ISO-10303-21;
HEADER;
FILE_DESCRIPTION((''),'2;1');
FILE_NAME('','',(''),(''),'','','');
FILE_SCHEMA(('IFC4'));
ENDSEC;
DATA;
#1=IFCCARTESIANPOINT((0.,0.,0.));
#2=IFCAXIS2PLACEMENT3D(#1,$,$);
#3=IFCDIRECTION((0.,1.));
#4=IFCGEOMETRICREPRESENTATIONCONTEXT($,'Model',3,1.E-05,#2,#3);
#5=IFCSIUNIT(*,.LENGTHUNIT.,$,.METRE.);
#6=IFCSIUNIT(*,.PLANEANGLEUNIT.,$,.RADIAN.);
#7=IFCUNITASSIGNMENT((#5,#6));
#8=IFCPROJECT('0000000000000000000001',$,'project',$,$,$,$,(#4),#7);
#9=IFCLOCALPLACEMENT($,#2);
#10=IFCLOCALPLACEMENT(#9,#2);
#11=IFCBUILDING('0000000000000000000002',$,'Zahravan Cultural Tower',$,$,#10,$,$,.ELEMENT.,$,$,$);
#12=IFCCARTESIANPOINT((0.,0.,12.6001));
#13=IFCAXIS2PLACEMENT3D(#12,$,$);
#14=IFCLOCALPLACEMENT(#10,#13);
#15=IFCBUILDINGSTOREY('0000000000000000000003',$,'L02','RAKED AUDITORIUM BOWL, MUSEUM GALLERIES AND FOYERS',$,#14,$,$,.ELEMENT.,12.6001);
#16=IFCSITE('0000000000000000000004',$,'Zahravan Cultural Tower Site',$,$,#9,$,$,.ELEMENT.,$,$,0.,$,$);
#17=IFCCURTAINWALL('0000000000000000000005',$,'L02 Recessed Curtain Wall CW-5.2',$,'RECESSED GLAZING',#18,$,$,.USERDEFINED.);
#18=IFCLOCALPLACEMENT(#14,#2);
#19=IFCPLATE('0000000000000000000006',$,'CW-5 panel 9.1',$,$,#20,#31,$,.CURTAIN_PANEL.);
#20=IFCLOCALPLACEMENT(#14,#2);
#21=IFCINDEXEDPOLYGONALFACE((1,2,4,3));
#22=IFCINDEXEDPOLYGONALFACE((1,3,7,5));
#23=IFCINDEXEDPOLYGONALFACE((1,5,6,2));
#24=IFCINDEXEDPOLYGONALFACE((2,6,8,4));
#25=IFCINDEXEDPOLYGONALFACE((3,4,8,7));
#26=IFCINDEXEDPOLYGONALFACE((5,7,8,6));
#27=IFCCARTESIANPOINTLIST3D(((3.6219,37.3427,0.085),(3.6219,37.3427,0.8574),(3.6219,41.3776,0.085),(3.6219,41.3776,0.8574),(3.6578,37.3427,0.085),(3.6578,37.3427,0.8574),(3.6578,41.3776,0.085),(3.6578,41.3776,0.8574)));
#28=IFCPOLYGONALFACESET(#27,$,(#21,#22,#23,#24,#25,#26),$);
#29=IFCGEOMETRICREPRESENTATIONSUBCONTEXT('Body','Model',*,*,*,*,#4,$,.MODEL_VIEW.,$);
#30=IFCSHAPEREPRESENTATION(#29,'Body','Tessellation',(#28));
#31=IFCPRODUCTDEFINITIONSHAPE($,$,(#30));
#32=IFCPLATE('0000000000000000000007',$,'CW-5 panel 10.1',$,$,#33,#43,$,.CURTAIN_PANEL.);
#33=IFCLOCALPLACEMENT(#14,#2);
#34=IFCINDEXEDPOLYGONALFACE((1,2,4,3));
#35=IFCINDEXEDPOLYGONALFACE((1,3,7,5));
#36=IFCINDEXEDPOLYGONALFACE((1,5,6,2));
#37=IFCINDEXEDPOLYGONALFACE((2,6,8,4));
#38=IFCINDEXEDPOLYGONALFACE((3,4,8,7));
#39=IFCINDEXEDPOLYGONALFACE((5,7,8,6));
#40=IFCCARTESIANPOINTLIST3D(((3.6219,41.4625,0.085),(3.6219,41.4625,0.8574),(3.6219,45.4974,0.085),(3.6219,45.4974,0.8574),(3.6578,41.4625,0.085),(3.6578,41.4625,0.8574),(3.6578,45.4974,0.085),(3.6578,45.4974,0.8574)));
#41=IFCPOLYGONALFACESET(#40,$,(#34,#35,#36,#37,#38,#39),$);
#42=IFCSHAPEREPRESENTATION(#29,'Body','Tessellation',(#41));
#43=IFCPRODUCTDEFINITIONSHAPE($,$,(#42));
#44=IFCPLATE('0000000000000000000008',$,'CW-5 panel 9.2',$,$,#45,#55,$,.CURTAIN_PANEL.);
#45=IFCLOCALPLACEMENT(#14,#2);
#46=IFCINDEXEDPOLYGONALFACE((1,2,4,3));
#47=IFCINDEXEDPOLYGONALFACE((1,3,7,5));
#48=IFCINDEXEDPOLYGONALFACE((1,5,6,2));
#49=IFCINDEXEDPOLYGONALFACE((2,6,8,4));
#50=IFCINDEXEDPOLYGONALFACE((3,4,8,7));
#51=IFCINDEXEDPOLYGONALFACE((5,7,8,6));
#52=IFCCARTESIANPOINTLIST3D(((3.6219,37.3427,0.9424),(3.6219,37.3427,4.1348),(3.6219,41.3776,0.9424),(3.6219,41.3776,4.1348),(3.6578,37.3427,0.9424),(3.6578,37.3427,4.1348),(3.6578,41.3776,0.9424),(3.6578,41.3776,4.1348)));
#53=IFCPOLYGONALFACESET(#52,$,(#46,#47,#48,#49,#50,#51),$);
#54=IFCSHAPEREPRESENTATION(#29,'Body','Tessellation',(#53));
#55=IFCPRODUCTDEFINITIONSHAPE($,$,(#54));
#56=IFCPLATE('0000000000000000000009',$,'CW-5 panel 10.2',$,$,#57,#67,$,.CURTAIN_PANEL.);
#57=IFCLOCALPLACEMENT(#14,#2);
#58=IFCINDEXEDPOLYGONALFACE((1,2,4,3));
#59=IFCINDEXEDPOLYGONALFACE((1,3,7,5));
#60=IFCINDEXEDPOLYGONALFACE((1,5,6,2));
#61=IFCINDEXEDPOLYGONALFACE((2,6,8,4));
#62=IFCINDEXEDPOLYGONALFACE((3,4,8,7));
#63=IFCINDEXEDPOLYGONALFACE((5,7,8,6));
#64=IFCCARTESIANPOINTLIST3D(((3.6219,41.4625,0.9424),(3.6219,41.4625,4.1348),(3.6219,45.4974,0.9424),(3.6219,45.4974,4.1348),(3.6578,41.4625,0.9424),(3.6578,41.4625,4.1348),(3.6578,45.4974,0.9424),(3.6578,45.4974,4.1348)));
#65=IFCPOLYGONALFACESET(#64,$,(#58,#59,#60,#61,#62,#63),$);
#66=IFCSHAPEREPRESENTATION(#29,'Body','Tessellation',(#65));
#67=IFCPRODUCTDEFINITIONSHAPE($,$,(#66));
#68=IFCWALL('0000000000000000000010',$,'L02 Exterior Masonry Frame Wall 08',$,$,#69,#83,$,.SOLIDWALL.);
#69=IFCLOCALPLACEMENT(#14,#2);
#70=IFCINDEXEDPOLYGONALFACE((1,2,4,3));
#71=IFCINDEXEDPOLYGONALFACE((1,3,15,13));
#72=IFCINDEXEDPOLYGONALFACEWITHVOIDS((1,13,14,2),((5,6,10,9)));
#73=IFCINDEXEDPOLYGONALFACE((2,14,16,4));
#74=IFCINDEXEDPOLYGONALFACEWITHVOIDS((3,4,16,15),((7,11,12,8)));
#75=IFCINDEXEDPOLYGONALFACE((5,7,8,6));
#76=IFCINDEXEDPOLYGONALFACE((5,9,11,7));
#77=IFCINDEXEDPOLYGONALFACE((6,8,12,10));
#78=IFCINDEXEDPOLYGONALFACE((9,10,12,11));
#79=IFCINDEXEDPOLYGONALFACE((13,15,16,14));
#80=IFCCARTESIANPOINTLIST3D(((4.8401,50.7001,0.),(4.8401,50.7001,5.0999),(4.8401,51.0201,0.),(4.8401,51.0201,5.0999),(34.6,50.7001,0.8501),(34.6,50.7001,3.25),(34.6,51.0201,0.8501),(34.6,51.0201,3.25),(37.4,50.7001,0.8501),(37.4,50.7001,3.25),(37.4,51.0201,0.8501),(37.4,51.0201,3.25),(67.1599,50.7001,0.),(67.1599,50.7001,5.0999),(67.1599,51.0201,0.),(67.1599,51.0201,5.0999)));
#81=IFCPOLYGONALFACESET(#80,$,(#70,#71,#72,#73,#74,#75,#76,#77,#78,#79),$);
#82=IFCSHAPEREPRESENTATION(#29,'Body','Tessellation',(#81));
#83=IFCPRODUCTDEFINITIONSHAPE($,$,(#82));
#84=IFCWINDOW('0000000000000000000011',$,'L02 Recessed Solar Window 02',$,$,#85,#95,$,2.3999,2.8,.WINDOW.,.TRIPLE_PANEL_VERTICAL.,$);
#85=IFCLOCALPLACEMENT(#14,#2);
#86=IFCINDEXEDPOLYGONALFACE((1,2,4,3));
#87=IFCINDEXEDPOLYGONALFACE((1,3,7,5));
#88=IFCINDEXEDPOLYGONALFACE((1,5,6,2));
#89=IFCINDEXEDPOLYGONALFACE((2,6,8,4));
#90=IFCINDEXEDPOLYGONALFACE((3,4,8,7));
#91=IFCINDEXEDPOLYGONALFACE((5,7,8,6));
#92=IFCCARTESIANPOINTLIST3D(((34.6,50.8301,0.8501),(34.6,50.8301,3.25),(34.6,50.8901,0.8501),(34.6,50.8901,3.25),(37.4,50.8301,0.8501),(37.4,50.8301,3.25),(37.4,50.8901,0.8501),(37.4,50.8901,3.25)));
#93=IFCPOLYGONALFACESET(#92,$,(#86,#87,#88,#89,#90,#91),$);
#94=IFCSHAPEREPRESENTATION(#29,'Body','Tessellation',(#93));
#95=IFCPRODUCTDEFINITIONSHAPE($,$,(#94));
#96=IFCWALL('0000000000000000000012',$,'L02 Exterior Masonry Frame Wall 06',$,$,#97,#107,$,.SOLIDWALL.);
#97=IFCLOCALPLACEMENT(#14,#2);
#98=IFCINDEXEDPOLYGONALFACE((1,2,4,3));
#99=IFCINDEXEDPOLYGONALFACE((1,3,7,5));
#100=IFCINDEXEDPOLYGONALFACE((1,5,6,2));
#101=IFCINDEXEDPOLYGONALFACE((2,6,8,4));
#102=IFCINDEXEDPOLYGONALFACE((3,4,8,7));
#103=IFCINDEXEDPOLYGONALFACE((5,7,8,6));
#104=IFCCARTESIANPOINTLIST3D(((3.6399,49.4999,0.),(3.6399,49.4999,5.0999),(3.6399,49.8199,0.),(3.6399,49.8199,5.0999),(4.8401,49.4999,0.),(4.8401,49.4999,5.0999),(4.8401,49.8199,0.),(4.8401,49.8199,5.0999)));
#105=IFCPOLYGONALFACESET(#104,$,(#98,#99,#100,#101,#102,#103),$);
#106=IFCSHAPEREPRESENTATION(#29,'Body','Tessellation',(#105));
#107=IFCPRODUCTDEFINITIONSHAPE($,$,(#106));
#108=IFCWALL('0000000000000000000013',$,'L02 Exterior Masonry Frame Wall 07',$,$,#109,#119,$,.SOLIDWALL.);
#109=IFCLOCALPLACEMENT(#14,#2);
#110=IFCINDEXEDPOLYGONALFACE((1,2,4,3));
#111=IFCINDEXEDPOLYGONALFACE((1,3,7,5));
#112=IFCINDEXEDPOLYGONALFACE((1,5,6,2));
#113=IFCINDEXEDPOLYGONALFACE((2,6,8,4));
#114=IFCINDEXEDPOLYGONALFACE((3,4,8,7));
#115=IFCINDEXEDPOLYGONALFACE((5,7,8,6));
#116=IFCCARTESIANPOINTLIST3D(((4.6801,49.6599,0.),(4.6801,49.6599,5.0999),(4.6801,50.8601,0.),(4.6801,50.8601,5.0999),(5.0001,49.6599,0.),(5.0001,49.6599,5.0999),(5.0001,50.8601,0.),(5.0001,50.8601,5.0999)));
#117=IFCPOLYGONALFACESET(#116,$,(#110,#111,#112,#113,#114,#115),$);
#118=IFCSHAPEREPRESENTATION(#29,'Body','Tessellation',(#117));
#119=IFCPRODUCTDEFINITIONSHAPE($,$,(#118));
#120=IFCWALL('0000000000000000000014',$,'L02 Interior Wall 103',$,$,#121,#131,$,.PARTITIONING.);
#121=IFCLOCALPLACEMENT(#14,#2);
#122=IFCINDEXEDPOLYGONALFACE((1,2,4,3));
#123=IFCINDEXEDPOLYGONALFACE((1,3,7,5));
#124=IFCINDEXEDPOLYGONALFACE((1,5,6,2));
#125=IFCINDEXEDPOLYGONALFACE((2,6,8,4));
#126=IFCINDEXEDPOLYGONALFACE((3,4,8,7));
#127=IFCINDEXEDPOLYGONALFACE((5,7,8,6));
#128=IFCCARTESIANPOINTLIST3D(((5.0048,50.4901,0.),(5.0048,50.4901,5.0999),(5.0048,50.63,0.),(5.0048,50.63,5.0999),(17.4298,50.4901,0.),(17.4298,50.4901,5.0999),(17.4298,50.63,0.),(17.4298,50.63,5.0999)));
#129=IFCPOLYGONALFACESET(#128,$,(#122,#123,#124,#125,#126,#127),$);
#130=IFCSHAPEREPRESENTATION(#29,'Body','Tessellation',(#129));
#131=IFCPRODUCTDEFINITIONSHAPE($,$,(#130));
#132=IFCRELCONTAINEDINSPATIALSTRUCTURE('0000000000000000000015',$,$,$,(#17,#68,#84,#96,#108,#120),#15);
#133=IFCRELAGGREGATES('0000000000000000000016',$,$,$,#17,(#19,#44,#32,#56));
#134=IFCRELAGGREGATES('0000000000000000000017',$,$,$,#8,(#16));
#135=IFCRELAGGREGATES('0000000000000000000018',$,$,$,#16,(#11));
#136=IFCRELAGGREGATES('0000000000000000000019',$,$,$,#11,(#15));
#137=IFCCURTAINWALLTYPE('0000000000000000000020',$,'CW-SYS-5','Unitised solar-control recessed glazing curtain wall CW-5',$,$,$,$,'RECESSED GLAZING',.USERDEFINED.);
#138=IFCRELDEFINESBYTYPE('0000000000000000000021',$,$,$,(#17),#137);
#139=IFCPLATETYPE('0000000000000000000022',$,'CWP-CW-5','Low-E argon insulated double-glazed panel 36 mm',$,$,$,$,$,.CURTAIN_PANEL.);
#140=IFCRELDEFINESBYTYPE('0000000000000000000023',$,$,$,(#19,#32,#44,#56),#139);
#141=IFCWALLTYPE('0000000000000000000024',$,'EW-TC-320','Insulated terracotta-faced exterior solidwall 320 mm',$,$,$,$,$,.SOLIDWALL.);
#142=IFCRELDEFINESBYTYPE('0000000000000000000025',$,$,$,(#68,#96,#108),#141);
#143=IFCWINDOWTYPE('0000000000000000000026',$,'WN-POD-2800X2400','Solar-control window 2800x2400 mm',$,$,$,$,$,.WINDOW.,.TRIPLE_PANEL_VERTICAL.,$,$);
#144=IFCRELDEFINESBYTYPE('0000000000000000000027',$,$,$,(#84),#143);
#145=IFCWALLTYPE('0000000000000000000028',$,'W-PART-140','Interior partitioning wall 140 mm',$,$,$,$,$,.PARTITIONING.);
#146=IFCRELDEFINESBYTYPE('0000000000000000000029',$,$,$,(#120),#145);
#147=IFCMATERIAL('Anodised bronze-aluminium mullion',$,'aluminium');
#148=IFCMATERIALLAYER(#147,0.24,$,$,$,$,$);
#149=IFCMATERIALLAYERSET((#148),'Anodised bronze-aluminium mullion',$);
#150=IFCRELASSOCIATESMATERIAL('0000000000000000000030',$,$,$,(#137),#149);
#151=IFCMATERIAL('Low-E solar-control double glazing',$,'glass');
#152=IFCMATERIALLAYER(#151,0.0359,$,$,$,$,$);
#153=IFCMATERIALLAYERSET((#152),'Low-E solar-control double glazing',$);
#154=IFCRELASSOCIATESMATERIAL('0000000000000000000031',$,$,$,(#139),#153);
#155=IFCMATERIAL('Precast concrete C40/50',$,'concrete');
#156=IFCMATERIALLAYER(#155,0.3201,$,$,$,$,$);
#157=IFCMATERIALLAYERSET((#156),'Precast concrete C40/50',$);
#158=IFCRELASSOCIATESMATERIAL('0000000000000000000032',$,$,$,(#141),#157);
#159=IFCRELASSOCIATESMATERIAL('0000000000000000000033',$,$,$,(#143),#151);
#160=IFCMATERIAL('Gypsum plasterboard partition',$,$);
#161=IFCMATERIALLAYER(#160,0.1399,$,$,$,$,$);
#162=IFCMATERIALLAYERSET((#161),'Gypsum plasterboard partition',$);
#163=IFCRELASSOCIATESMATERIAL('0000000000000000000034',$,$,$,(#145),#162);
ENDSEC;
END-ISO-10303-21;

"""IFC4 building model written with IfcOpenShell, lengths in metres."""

from ifc_helpers import new_model, si_unit, direction, frame, frame_2d, origin, origin_2d, place, context, subcontext, project, spatial, rectangle, extrude, source, transform, mapped, material, layer, layer_set, type_object, element, fill, aggregate, save


model = new_model("IFC4")

# Units and contexts
model_context = context("Model", 3, precision=1e-05, world=origin(), true_north=direction((0.0, 1.0)))
body_context = subcontext(model_context, "Body", "Model", "MODEL_VIEW")
ifc_project = project(units=[si_unit("LENGTHUNIT", "METRE"), si_unit("PLANEANGLEUNIT", "RADIAN")], contexts=[model_context])

# Site, building, storey
site_placement = place(None, origin())
site = spatial("IfcSite", under=ifc_project, at=site_placement, Name="Zahravan Cultural Tower Site", CompositionType="ELEMENT", RefElevation=0.0)
building_placement = place(site_placement, origin())
building = spatial("IfcBuilding", under=site, at=building_placement, Name="Zahravan Cultural Tower", CompositionType="ELEMENT")
storey_placement = place(building_placement, frame((0.0, 0.0, 12.6001)))
storey = spatial("IfcBuildingStorey", under=building, at=storey_placement, Name="L02", Description="RAKED AUDITORIUM BOWL, MUSEUM GALLERIES AND FOYERS", CompositionType="ELEMENT", Elevation=12.6001)

# Curtain wall, plates
ifc_material_1 = material(Name="Anodised bronze-aluminium mullion", Category="aluminium")
ifc_layer_1 = layer(ifc_material_1, 0.24)
ifc_layer_set_1 = layer_set([ifc_layer_1], Name="Anodised bronze-aluminium mullion")
curtain_wall_type = type_object("IfcCurtainWallType", Name="CW-SYS-5", Description="Unitised solar-control recessed glazing curtain wall CW-5", ElementType="RECESSED GLAZING", PredefinedType="USERDEFINED", material=ifc_layer_set_1)
curtain_wall_placement = place(storey_placement, origin())
curtain_wall = element("IfcCurtainWall", 1, at=curtain_wall_placement, inside=storey, type_object=curtain_wall_type, Name="L02 Recessed Curtain Wall CW-5.2", ObjectType="RECESSED GLAZING", PredefinedType="USERDEFINED")
ifc_material_2 = material(Name="Low-E solar-control double glazing", Category="glass")
ifc_layer_2 = layer(ifc_material_2, 0.0359)
ifc_layer_set_2 = layer_set([ifc_layer_2], Name="Low-E solar-control double glazing")
plate_type = type_object("IfcPlateType", Name="CWP-CW-5", Description="Low-E argon insulated double-glazed panel 36 mm", PredefinedType="CURTAIN_PANEL", material=ifc_layer_set_2)
shared_shape_1 = source(origin(), body_context, "Body", "SweptSolid", [
    extrude(rectangle(XDim=4.0349, YDim=0.0359, at=origin_2d()), origin(), (0.0, 0.0, 1.0), 0.7725),
])
plate_1_placement = place(storey_placement, frame((3.6399, 39.3601, 0.085), z_axis=(0.0, 0.0, 1.0), x_axis=(0.0, 1.0, 0.0)))
plate_1 = element("IfcPlate", 2, at=plate_1_placement, type_object=plate_type, Name="CW-5 panel 9.1", PredefinedType="CURTAIN_PANEL", context=body_context, shape_type="MappedRepresentation", body=[
    mapped(shared_shape_1, transform((0.0, 0.0, 0.0), x_axis=(1.0, 0.0, 0.0), y_axis=(0.0, 1.0, 0.0), z_axis=(0.0, 0.0, 1.0), scale=1.0)),
])
plate_2_placement = place(storey_placement, frame((3.6399, 43.48, 0.085), z_axis=(0.0, 0.0, 1.0), x_axis=(0.0, 1.0, 0.0)))
plate_2 = element("IfcPlate", 3, at=plate_2_placement, type_object=plate_type, Name="CW-5 panel 10.1", PredefinedType="CURTAIN_PANEL", context=body_context, shape_type="MappedRepresentation", body=[
    mapped(shared_shape_1, transform((0.0, 0.0, 0.0), x_axis=(1.0, 0.0, 0.0), y_axis=(0.0, 1.0, 0.0), z_axis=(0.0, 0.0, 1.0), scale=1.0)),
])
shared_shape_2 = source(origin(), body_context, "Body", "SweptSolid", [
    extrude(rectangle(XDim=4.0349, YDim=0.0359, at=origin_2d()), origin(), (0.0, 0.0, 1.0), 3.1924),
])
plate_3_placement = place(storey_placement, frame((3.6399, 39.3601, 0.9424), z_axis=(0.0, 0.0, 1.0), x_axis=(0.0, 1.0, 0.0)))
plate_3 = element("IfcPlate", 4, at=plate_3_placement, type_object=plate_type, Name="CW-5 panel 9.2", PredefinedType="CURTAIN_PANEL", context=body_context, shape_type="MappedRepresentation", body=[
    mapped(shared_shape_2, transform((0.0, 0.0, 0.0), x_axis=(1.0, 0.0, 0.0), y_axis=(0.0, 1.0, 0.0), z_axis=(0.0, 0.0, 1.0), scale=1.0)),
])
plate_4_placement = place(storey_placement, frame((3.6399, 43.48, 0.9424), z_axis=(0.0, 0.0, 1.0), x_axis=(0.0, 1.0, 0.0)))
plate_4 = element("IfcPlate", 5, at=plate_4_placement, type_object=plate_type, Name="CW-5 panel 10.2", PredefinedType="CURTAIN_PANEL", context=body_context, shape_type="MappedRepresentation", body=[
    mapped(shared_shape_2, transform((0.0, 0.0, 0.0), x_axis=(1.0, 0.0, 0.0), y_axis=(0.0, 1.0, 0.0), z_axis=(0.0, 0.0, 1.0), scale=1.0)),
])
aggregate(curtain_wall, [plate_1, plate_3, plate_2, plate_4])

# Wall, opening, window
ifc_material_3 = material(Name="Precast concrete C40/50", Category="concrete")
ifc_layer_3 = layer(ifc_material_3, 0.3201)
ifc_layer_set_3 = layer_set([ifc_layer_3], Name="Precast concrete C40/50")
wall_type_1 = type_object("IfcWallType", Name="EW-TC-320", Description="Insulated terracotta-faced exterior solidwall 320 mm", PredefinedType="SOLIDWALL", material=ifc_layer_set_3)
wall_1_placement = place(storey_placement, frame((4.8401, 50.8601, 0.0), z_axis=(0.0, 0.0, 1.0), x_axis=(1.0, 0.0, 0.0)))
wall_1 = element("IfcWall", 6, at=wall_1_placement, inside=storey, type_object=wall_type_1, Name="L02 Exterior Masonry Frame Wall 08", PredefinedType="SOLIDWALL", context=body_context, shape_type="SweptSolid", body=[
    extrude(rectangle(XDim=62.3198, YDim=0.3201, at=frame_2d((31.1599, 0.0))), origin(), (0.0, 0.0, 1.0), 5.0999),
])
opening_placement = place(wall_1_placement, frame((29.76, 0.0, 0.8501)))
opening = element("IfcOpeningElement", 7, at=opening_placement, cuts=wall_1, PredefinedType="OPENING", context=body_context, shape_type="SweptSolid", body=[
    extrude(rectangle(XDim=2.8, YDim=2.3999, at=frame_2d((1.3999, 1.2))), frame((0.0, 0.1699, 0.0), z_axis=(0.0, -1.0, 0.0), x_axis=(1.0, 0.0, 0.0)), (0.0, 0.0, 1.0), 0.3401),
])
window_type = type_object("IfcWindowType", Name="WN-POD-2800X2400", Description="Solar-control window 2800x2400 mm", PartitioningType="TRIPLE_PANEL_VERTICAL", PredefinedType="WINDOW", material=ifc_material_2)
shared_shape_3 = source(origin(), body_context, "Body", "SweptSolid", [
    extrude(rectangle(XDim=2.8, YDim=2.3999, at=frame_2d((1.3999, 1.2))), frame((0.0, 0.03, 0.0), z_axis=(0.0, -1.0, 0.0), x_axis=(1.0, 0.0, 0.0)), (0.0, 0.0, 1.0), 0.0601),
])
window_placement = place(opening_placement, origin())
window = element("IfcWindow", 8, at=window_placement, inside=storey, type_object=window_type, Name="L02 Recessed Solar Window 02", OverallHeight=2.3999, OverallWidth=2.8, PartitioningType="TRIPLE_PANEL_VERTICAL", PredefinedType="WINDOW", context=body_context, shape_type="MappedRepresentation", body=[
    mapped(shared_shape_3, transform((0.0, 0.0, 0.0), x_axis=(1.0, 0.0, 0.0), y_axis=(0.0, 1.0, 0.0), z_axis=(0.0, 0.0, 1.0), scale=1.0)),
])
fill(opening, window)

# Walls
shared_shape_4 = source(origin(), body_context, "Body", "SweptSolid", [
    extrude(rectangle(XDim=1.2002, YDim=0.3201, at=frame_2d((0.6001, 0.0))), origin(), (0.0, 0.0, 1.0), 5.0999),
])
for number, where, z_axis, x_axis, name in (
    (9, (3.6399, 49.6599, 0.0), (0.0, 0.0, 1.0), (1.0, 0.0, 0.0), "L02 Exterior Masonry Frame Wall 06"),
    (10, (4.8401, 49.6599, 0.0), (0.0, 0.0, 1.0), (0.0, 1.0, 0.0), "L02 Exterior Masonry Frame Wall 07"),
):
    element("IfcWall", number, at=place(storey_placement, frame(where, z_axis=z_axis, x_axis=x_axis)), inside=storey, type_object=wall_type_1, Name=name, PredefinedType="SOLIDWALL", context=body_context, shape_type="MappedRepresentation", body=[
        mapped(shared_shape_4, transform((0.0, 0.0, 0.0), x_axis=(1.0, 0.0, 0.0), y_axis=(0.0, 1.0, 0.0), z_axis=(0.0, 0.0, 1.0), scale=1.0)),
    ])
ifc_material_4 = material(Name="Gypsum plasterboard partition")
ifc_layer_4 = layer(ifc_material_4, 0.1399)
ifc_layer_set_4 = layer_set([ifc_layer_4], Name="Gypsum plasterboard partition")
wall_type_2 = type_object("IfcWallType", Name="W-PART-140", Description="Interior partitioning wall 140 mm", PredefinedType="PARTITIONING", material=ifc_layer_set_4)
shared_shape_5 = source(origin(), body_context, "Body", "SweptSolid", [
    extrude(rectangle(XDim=12.425, YDim=0.1399, at=frame_2d((6.2124, 0.0))), origin(), (0.0, 0.0, 1.0), 5.0999),
])
wall_2_placement = place(storey_placement, frame((5.0049, 50.5601, 0.0), z_axis=(0.0, 0.0, 1.0), x_axis=(1.0, 0.0, 0.0)))
element("IfcWall", 11, at=wall_2_placement, inside=storey, type_object=wall_type_2, Name="L02 Interior Wall 103", PredefinedType="PARTITIONING", context=body_context, shape_type="MappedRepresentation", body=[
    mapped(shared_shape_5, transform((0.0, 0.0, 0.0), x_axis=(1.0, 0.0, 0.0), y_axis=(0.0, 1.0, 0.0), z_axis=(0.0, 0.0, 1.0), scale=1.0)),
])

save(model, "model.ifc")
